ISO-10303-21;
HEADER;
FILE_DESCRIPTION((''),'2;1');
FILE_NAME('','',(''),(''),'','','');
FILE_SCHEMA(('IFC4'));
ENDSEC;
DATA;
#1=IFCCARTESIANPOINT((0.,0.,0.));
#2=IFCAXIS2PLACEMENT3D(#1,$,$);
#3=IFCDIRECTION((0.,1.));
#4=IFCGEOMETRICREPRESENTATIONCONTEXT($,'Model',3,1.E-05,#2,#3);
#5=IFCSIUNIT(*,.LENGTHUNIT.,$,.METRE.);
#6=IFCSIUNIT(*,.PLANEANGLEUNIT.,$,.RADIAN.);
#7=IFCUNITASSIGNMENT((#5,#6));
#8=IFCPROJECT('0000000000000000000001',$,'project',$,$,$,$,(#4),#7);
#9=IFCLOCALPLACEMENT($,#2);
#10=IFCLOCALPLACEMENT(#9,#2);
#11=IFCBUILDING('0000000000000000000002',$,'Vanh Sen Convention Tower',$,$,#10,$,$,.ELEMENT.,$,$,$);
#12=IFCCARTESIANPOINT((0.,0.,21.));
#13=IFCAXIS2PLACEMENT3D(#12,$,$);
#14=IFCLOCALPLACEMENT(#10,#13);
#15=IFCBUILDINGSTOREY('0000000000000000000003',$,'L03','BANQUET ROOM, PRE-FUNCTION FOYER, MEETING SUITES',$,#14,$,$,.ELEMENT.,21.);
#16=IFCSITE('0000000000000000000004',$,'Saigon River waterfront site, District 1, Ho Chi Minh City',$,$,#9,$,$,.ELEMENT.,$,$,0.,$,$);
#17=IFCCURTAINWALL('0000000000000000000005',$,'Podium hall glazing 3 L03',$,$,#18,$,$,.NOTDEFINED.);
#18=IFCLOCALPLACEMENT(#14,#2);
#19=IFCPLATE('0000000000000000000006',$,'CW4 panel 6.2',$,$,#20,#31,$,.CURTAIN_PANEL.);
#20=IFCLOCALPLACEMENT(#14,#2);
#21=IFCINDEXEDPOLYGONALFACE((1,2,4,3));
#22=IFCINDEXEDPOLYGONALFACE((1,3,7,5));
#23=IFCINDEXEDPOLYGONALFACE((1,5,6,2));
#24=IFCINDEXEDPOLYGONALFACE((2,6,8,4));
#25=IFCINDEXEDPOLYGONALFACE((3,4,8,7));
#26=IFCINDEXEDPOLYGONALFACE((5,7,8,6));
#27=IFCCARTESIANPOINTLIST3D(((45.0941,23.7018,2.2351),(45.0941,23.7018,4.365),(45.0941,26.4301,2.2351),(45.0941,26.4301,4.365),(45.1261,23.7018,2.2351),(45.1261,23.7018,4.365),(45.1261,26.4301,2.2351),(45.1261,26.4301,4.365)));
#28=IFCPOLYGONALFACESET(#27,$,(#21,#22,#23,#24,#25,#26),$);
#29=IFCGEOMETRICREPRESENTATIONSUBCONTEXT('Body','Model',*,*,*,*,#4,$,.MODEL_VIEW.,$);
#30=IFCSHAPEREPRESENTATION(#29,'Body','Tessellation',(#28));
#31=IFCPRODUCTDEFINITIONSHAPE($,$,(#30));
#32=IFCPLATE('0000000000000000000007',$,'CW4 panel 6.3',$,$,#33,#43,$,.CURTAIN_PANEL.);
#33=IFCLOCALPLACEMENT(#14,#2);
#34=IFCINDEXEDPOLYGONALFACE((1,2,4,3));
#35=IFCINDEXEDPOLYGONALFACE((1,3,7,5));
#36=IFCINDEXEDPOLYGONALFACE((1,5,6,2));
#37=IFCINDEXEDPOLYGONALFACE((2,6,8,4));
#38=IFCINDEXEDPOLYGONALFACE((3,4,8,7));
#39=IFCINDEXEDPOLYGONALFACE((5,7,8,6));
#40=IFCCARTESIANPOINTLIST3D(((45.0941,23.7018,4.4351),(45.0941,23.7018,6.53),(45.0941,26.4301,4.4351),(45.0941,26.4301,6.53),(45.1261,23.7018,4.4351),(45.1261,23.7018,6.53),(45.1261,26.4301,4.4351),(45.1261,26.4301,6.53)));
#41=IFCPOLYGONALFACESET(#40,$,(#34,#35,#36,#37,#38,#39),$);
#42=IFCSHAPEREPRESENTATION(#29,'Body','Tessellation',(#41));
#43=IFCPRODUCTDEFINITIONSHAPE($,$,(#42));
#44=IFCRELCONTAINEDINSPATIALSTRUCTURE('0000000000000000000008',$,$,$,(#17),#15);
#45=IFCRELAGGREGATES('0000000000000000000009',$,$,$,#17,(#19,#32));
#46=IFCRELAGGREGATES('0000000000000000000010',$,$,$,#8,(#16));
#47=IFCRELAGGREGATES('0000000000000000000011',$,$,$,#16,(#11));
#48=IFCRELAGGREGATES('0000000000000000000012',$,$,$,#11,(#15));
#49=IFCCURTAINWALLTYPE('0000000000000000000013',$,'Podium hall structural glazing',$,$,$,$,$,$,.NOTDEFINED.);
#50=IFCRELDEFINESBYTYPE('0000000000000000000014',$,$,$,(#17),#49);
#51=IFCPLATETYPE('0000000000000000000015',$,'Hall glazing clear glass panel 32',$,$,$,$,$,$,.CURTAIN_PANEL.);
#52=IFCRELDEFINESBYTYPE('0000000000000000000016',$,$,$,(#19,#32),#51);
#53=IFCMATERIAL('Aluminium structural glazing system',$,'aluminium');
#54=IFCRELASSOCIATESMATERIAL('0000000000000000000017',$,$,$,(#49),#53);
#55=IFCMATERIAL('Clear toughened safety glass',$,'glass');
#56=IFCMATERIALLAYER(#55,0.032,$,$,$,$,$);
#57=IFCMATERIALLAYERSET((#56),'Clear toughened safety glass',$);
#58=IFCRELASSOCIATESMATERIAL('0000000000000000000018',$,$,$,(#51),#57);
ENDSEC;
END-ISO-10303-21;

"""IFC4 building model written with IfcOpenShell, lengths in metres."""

from ifc_helpers import new_model, si_unit, direction, frame, origin, origin_2d, place, context, subcontext, project, spatial, rectangle, extrude, material, layer, layer_set, type_object, element, aggregate, save


model = new_model("IFC4")

# Units and contexts
model_context = context("Model", 3, precision=1e-05, world=origin(), true_north=direction((0.0, 1.0)))
body_context = subcontext(model_context, "Body", "Model", "MODEL_VIEW")
ifc_project = project(units=[si_unit("LENGTHUNIT", "METRE"), si_unit("PLANEANGLEUNIT", "RADIAN")], contexts=[model_context])

# Site, building, storey
site_placement = place(None, origin())
site = spatial("IfcSite", under=ifc_project, at=site_placement, Name="Saigon River waterfront site, District 1, Ho Chi Minh City", CompositionType="ELEMENT", RefElevation=0.0)
building_placement = place(site_placement, origin())
building = spatial("IfcBuilding", under=site, at=building_placement, Name="Vanh Sen Convention Tower", CompositionType="ELEMENT")
storey_placement = place(building_placement, frame((0.0, 0.0, 21.0)))
storey = spatial("IfcBuildingStorey", under=building, at=storey_placement, Name="L03", Description="BANQUET ROOM, PRE-FUNCTION FOYER, MEETING SUITES", CompositionType="ELEMENT", Elevation=21.0)

# Curtain wall, plates
ifc_material_1 = material(Name="Aluminium structural glazing system", Category="aluminium")
curtain_wall_type = type_object("IfcCurtainWallType", Name="Podium hall structural glazing", PredefinedType="NOTDEFINED", material=ifc_material_1)
curtain_wall_placement = place(storey_placement, origin())
curtain_wall = element("IfcCurtainWall", 1, at=curtain_wall_placement, inside=storey, type_object=curtain_wall_type, Name="Podium hall glazing 3 L03", PredefinedType="NOTDEFINED")
ifc_material_2 = material(Name="Clear toughened safety glass", Category="glass")
ifc_layer = layer(ifc_material_2, 0.032)
ifc_layer_set = layer_set([ifc_layer], Name="Clear toughened safety glass")
plate_type = type_object("IfcPlateType", Name="Hall glazing clear glass panel 32", PredefinedType="CURTAIN_PANEL", material=ifc_layer_set)
plate_1_placement = place(storey_placement, frame((45.1101, 25.0659, 2.2351), z_axis=(0.0, 0.0, 1.0), x_axis=(0.0, 1.0, 0.0)))
plate_1 = element("IfcPlate", 2, at=plate_1_placement, type_object=plate_type, Name="CW4 panel 6.2", PredefinedType="CURTAIN_PANEL", context=body_context, shape_type="SweptSolid", body=[
    extrude(rectangle(XDim=2.7283, YDim=0.032, at=origin_2d()), origin(), (0.0, 0.0, 1.0), 2.1299),
])
plate_2_placement = place(storey_placement, frame((45.1101, 25.0659, 4.4351), z_axis=(0.0, 0.0, 1.0), x_axis=(0.0, 1.0, 0.0)))
plate_2 = element("IfcPlate", 3, at=plate_2_placement, type_object=plate_type, Name="CW4 panel 6.3", PredefinedType="CURTAIN_PANEL", context=body_context, shape_type="SweptSolid", body=[
    extrude(rectangle(XDim=2.7283, YDim=0.032, at=origin_2d()), origin(), (0.0, 0.0, 1.0), 2.095),
])
aggregate(curtain_wall, [plate_1, plate_2])

save(model, "model.ifc")
